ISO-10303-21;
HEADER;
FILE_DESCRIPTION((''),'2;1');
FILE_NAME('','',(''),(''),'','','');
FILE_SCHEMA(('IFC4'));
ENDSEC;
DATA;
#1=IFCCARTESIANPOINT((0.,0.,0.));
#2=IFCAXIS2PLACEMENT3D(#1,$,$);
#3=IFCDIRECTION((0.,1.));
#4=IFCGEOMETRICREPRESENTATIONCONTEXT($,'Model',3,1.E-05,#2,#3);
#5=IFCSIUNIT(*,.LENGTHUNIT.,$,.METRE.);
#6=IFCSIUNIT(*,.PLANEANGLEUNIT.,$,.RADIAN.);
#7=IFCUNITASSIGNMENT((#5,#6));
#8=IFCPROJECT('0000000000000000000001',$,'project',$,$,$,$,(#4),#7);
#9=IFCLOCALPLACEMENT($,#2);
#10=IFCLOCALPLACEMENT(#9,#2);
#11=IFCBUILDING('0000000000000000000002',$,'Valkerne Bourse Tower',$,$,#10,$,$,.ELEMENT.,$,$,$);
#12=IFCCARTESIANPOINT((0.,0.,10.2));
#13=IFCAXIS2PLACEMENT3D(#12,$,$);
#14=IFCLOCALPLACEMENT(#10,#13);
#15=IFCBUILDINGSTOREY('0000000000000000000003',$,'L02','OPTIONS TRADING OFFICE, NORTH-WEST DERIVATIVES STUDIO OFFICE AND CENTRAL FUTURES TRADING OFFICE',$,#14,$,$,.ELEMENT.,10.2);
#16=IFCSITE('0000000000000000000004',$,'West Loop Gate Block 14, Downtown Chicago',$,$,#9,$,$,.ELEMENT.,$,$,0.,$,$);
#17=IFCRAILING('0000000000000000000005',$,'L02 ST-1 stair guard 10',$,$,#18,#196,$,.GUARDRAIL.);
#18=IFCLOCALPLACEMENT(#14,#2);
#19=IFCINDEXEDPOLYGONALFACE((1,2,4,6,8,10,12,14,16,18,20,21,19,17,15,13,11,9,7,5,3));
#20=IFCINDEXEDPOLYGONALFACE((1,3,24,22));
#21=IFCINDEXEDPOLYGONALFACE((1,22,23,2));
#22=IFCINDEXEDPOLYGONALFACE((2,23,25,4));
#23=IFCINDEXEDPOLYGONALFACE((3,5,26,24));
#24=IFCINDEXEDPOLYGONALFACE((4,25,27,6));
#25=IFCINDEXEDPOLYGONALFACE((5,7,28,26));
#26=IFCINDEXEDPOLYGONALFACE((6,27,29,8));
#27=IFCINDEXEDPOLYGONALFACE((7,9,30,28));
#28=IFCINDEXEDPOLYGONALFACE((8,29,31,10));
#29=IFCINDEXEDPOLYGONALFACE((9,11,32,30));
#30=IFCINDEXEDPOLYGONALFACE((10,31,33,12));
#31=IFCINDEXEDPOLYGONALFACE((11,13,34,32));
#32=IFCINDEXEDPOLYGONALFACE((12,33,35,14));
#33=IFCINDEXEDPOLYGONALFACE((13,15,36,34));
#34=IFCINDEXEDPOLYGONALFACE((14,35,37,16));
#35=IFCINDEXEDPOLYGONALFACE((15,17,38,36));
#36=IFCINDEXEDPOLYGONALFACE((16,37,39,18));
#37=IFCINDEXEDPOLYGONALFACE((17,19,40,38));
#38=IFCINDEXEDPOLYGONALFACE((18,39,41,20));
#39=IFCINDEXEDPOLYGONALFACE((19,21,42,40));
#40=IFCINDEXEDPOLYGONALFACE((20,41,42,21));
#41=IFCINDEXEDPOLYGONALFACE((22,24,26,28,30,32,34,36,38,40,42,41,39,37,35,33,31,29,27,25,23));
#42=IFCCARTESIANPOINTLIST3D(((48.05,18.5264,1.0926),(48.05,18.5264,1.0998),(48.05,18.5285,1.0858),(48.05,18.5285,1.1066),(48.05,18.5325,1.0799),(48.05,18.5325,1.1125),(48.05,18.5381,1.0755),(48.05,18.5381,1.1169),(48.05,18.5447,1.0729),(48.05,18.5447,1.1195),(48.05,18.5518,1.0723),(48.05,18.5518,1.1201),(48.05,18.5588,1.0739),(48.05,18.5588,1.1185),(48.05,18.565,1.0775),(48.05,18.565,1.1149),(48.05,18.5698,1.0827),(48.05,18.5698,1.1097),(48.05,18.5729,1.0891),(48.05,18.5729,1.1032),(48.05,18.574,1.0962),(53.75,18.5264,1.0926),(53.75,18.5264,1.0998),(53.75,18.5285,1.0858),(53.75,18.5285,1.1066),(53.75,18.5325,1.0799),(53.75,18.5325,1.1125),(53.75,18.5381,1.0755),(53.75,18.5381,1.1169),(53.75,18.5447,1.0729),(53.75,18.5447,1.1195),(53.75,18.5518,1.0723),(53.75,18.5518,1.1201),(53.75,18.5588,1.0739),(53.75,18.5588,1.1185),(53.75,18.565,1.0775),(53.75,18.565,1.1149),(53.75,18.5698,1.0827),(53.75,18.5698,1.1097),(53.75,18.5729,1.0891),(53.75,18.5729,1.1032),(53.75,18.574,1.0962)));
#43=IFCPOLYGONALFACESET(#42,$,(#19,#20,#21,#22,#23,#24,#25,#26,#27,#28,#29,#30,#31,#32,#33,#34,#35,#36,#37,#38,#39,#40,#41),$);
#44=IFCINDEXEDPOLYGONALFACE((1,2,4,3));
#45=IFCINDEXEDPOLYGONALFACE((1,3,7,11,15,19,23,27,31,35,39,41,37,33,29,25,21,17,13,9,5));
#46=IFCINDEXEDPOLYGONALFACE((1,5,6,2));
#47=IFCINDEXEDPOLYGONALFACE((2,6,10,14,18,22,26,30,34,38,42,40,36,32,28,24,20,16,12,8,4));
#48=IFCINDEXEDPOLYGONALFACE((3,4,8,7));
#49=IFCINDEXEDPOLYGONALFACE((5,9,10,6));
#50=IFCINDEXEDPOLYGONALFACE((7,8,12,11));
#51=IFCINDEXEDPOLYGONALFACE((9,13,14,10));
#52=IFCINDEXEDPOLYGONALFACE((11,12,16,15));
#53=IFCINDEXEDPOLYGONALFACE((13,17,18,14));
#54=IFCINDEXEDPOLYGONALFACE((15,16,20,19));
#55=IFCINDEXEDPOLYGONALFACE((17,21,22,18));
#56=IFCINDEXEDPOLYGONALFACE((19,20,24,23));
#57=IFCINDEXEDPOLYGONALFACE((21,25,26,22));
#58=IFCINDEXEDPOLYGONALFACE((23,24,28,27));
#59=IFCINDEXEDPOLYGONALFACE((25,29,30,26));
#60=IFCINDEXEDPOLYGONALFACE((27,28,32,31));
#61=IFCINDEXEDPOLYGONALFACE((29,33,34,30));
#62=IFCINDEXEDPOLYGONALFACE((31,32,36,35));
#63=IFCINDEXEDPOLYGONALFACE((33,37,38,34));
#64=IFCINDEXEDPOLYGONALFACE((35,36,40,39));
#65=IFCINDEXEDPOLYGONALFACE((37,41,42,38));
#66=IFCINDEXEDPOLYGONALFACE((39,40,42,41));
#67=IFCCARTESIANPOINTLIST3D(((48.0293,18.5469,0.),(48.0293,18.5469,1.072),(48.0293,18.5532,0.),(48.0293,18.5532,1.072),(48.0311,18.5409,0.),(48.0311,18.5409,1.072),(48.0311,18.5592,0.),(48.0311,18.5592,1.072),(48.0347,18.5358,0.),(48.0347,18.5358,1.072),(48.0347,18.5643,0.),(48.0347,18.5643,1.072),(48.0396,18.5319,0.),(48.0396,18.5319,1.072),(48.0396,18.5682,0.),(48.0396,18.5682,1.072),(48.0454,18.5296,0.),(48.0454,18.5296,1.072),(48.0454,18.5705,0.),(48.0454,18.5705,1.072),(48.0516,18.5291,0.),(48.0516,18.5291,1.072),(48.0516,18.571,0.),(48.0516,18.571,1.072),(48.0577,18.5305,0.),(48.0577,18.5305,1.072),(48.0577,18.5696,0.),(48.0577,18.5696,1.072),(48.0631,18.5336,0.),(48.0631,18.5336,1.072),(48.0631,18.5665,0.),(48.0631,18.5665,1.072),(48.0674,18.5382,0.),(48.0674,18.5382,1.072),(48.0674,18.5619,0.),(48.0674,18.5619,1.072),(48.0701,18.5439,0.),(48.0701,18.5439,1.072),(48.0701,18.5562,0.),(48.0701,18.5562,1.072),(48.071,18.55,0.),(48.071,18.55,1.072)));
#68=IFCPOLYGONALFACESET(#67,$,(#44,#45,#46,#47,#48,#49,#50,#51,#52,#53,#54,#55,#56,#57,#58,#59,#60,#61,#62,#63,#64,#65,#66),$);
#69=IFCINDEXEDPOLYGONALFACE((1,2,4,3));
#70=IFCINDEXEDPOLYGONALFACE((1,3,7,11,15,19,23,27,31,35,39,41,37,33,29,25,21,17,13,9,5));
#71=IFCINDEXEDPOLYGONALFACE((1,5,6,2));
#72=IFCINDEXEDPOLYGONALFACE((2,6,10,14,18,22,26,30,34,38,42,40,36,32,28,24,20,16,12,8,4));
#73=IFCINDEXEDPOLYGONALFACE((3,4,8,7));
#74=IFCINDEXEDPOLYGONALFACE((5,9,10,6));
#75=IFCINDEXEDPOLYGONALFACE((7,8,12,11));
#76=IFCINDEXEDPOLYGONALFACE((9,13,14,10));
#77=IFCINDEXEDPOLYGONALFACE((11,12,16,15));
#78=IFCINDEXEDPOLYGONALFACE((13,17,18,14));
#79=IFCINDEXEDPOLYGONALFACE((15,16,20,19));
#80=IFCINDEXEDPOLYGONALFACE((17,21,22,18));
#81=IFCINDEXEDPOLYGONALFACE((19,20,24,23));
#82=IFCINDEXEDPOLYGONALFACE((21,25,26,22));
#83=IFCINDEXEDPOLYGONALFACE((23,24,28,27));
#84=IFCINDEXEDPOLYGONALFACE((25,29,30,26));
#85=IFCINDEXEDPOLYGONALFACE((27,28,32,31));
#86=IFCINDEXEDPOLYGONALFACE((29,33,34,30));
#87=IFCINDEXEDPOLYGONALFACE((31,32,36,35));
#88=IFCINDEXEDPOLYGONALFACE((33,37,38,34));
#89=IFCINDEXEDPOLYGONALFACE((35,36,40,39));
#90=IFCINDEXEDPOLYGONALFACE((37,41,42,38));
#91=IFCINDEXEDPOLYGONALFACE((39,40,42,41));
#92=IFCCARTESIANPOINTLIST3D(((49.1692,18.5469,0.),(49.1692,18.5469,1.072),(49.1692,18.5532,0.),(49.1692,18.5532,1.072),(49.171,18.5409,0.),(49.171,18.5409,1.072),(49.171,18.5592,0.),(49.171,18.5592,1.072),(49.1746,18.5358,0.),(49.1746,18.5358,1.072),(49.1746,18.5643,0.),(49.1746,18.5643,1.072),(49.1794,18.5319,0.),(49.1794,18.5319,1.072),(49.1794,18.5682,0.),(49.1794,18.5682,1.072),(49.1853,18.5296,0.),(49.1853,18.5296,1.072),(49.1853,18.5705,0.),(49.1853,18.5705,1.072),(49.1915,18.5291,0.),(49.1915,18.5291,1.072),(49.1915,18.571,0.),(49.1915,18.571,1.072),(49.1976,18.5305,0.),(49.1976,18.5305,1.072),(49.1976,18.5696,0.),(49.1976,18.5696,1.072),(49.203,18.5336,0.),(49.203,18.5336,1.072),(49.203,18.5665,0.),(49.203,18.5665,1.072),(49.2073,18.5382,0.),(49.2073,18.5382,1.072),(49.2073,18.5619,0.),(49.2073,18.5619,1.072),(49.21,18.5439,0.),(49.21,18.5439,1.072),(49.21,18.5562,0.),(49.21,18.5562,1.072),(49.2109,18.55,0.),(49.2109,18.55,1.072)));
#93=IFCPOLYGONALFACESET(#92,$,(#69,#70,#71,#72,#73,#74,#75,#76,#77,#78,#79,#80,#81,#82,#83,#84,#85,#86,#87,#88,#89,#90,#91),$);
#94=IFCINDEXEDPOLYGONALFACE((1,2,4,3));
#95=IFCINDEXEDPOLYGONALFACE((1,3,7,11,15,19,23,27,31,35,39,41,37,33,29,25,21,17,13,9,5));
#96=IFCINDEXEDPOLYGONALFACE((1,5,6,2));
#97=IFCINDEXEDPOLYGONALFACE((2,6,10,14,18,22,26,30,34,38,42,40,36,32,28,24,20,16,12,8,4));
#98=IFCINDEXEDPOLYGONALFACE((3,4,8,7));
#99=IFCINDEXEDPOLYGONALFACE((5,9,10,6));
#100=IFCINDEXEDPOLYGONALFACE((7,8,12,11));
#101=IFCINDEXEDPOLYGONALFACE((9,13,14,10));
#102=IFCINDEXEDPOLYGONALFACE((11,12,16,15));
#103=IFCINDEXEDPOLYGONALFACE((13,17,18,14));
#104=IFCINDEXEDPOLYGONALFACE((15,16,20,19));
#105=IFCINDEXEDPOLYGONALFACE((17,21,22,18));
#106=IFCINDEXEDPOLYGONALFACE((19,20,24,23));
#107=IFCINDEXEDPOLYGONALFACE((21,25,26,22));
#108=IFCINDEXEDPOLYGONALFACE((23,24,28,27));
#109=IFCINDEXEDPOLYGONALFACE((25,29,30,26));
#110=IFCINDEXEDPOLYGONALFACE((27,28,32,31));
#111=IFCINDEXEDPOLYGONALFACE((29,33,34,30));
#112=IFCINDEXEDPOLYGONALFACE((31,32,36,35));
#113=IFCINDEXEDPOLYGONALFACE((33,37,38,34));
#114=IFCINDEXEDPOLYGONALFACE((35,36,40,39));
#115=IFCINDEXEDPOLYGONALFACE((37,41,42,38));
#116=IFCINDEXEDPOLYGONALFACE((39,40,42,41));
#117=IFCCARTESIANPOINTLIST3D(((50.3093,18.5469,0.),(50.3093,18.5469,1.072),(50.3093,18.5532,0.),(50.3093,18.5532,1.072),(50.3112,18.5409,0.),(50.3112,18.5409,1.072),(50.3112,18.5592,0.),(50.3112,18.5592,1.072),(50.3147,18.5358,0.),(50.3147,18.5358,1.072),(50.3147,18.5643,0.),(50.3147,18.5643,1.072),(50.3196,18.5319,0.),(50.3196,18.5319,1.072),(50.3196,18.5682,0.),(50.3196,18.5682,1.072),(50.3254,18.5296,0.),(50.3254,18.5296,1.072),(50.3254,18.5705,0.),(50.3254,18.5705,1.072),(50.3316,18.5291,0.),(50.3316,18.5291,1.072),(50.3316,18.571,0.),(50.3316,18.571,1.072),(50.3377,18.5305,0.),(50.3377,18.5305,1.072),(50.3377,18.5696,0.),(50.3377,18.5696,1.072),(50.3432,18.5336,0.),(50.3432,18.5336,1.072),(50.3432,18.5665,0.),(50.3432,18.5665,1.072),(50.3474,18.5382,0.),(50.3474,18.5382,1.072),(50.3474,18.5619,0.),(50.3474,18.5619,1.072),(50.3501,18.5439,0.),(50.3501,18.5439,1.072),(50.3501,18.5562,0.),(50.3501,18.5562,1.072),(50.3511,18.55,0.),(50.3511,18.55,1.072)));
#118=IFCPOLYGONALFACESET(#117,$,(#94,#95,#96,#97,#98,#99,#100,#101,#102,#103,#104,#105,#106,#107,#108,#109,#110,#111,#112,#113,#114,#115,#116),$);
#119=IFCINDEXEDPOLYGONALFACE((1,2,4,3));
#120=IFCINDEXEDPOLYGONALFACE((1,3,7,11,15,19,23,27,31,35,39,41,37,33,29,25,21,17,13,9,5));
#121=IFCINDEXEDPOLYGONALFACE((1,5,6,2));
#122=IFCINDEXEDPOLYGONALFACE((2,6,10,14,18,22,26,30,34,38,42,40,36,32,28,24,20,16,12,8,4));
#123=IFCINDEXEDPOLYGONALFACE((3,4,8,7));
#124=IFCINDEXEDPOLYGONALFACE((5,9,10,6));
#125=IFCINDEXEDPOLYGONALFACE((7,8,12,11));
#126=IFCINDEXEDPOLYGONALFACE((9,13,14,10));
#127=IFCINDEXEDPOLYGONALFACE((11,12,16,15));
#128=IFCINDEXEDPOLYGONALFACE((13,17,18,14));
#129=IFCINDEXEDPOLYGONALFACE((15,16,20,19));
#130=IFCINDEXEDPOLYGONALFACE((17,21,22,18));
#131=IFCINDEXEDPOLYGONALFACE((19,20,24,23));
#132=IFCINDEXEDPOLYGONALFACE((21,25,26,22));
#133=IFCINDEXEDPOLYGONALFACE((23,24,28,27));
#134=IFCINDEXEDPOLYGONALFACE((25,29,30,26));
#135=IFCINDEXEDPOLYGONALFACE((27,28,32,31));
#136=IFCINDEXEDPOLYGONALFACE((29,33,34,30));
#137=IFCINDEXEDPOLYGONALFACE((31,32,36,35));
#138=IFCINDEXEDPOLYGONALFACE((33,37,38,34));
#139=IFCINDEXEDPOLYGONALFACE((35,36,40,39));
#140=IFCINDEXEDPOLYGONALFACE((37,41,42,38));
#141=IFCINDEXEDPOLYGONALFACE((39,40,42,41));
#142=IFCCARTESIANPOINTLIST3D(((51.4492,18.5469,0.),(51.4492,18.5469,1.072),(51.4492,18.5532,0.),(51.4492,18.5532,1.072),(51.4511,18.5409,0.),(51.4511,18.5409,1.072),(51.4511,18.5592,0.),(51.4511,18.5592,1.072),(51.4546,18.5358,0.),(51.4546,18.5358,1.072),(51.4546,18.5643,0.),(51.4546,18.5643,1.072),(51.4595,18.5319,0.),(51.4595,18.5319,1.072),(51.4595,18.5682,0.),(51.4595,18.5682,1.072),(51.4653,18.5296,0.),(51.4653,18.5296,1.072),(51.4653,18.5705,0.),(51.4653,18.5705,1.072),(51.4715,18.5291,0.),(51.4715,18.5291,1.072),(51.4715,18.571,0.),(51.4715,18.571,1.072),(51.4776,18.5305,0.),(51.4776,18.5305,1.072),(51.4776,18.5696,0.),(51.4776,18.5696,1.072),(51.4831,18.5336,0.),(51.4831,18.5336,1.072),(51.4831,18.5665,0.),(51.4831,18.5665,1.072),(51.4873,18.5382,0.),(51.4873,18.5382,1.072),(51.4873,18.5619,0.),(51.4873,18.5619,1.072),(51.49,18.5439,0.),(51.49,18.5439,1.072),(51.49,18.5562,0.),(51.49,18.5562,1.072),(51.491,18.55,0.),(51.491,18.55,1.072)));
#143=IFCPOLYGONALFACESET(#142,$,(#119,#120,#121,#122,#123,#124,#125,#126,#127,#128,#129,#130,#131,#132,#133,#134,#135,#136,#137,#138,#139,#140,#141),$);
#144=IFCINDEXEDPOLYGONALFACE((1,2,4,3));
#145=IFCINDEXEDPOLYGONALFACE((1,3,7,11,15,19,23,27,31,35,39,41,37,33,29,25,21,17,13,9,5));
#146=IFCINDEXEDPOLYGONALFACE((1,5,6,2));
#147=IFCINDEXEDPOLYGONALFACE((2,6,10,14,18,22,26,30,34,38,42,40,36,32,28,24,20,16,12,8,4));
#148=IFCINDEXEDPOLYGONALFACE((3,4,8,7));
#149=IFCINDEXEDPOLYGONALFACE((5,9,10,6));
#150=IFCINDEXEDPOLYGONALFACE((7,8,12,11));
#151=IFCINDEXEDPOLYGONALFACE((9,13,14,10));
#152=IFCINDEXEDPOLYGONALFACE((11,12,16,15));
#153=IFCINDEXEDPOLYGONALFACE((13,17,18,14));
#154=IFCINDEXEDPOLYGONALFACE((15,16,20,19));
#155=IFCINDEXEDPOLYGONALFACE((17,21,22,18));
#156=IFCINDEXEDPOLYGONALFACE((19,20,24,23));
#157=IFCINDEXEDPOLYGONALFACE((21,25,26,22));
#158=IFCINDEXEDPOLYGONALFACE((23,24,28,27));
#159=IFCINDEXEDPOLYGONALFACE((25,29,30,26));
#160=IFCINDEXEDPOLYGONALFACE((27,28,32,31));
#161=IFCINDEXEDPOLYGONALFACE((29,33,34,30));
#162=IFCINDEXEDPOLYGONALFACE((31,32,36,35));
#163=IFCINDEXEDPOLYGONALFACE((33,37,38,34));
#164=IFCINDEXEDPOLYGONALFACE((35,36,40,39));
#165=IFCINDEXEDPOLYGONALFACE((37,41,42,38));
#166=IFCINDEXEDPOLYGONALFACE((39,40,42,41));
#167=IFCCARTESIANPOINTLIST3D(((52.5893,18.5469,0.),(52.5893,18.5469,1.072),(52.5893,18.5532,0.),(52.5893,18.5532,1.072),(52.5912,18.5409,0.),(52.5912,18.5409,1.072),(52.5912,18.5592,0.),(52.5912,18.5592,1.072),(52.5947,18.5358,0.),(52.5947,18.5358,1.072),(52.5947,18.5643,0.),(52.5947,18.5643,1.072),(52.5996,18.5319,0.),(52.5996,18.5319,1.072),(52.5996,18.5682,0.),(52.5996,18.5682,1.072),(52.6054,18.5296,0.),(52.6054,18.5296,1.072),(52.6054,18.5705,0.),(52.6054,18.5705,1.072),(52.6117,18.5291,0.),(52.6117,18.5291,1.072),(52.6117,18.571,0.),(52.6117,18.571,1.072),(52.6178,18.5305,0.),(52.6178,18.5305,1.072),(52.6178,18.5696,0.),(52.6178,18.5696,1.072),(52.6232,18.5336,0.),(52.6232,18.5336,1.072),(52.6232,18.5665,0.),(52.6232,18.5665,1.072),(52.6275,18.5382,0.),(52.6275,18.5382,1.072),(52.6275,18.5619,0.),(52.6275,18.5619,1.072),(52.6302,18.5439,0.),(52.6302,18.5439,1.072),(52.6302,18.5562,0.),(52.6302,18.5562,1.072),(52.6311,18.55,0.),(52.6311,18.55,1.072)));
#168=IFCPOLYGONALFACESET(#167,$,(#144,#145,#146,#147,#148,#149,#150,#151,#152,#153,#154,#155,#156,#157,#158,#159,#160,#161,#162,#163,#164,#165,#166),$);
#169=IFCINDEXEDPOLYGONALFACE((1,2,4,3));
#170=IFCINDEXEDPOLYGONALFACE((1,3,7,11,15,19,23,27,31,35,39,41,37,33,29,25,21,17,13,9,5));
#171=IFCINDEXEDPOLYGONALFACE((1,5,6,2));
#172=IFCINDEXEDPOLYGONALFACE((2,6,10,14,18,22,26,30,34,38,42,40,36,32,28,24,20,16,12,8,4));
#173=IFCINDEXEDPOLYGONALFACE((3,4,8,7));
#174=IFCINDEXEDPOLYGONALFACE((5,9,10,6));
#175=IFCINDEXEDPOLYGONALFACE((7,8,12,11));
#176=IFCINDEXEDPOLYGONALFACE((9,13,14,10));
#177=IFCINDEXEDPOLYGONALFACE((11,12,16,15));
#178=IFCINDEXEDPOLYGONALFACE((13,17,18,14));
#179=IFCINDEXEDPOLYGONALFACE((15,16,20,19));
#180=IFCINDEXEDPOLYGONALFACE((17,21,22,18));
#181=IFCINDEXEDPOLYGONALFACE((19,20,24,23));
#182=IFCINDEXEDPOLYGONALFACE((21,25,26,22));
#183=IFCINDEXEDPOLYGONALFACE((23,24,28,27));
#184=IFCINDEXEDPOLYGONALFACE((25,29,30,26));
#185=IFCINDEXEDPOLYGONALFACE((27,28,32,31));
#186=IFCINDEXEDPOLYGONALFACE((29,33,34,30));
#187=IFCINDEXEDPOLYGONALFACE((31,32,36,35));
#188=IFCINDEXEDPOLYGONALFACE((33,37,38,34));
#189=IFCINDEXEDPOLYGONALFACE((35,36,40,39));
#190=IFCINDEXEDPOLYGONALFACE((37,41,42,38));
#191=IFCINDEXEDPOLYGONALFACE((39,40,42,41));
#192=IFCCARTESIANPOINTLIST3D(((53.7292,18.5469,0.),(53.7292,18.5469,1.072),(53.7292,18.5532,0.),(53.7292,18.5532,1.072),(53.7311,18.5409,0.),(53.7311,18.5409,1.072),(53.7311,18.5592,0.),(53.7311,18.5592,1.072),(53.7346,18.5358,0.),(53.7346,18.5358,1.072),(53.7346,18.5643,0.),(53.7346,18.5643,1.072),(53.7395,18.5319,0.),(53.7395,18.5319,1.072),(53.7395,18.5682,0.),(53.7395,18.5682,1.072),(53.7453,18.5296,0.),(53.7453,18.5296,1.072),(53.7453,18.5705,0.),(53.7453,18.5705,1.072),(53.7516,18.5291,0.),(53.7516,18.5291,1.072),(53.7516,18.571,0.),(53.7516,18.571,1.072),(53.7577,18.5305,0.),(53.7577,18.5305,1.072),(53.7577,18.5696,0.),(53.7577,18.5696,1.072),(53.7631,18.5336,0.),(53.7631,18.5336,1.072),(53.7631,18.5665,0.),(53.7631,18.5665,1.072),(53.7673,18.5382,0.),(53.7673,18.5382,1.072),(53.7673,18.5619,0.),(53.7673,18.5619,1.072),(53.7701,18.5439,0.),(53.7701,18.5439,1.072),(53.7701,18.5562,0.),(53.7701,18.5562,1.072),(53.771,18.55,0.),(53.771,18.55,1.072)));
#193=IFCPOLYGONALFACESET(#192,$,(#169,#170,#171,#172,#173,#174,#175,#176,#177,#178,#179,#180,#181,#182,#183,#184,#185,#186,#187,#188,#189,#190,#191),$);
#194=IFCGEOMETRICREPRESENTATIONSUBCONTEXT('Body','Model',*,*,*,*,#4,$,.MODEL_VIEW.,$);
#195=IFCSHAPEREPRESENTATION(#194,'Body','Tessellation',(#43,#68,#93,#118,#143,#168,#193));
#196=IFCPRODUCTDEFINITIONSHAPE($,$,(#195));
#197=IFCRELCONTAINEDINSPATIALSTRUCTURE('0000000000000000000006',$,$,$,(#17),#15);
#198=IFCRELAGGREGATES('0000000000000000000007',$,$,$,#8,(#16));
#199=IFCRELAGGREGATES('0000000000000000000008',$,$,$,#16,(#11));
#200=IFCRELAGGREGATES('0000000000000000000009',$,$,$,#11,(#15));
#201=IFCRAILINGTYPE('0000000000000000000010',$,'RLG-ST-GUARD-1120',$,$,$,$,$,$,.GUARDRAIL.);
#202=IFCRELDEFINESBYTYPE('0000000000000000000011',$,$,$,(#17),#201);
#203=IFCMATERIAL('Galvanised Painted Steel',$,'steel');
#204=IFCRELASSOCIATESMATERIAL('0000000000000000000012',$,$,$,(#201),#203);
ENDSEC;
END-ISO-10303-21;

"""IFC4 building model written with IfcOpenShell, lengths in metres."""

from ifc_helpers import new_model, si_unit, direction, frame, origin, origin_2d, place, context, subcontext, project, spatial, circle, extrude, material, type_object, element, save


model = new_model("IFC4")

# Units and contexts
model_context = context("Model", 3, precision=1e-05, world=origin(), true_north=direction((0.0, 1.0)))
body_context = subcontext(model_context, "Body", "Model", "MODEL_VIEW")
ifc_project = project(units=[si_unit("LENGTHUNIT", "METRE"), si_unit("PLANEANGLEUNIT", "RADIAN")], contexts=[model_context])

# Site, building, storey
site_placement = place(None, origin())
site = spatial("IfcSite", under=ifc_project, at=site_placement, Name="West Loop Gate Block 14, Downtown Chicago", CompositionType="ELEMENT", RefElevation=0.0)
building_placement = place(site_placement, origin())
building = spatial("IfcBuilding", under=site, at=building_placement, Name="Valkerne Bourse Tower", CompositionType="ELEMENT")
storey_placement = place(building_placement, frame((0.0, 0.0, 10.2)))
storey = spatial("IfcBuildingStorey", under=building, at=storey_placement, Name="L02", Description="OPTIONS TRADING OFFICE, NORTH-WEST DERIVATIVES STUDIO OFFICE AND CENTRAL FUTURES TRADING OFFICE", CompositionType="ELEMENT", Elevation=10.2)

# Shared definitions
ifc_material_1 = material(Name="Galvanised Painted Steel", Category="steel")

# Railing
railing_type_1 = type_object("IfcRailingType", Name="RLG-ST-GUARD-1120", PredefinedType="GUARDRAIL", material=ifc_material_1)
railing_1_placement = place(storey_placement, frame((48.05, 18.55, 0.0)))
element("IfcRailing", 1, at=railing_1_placement, inside=storey, type_object=railing_type_1, Name="L02 ST-1 stair guard 10", PredefinedType="GUARDRAIL", context=body_context, shape_type="SweptSolid", body=[
    extrude(circle(Radius=0.0239, at=origin_2d()), frame((0.0, 0.0, 1.0962), z_axis=(1.0, 0.0, 0.0), x_axis=(0.0, 1.0, 0.0)), (0.0, 0.0, 1.0), 5.7),
    extrude(circle(Radius=0.021, at=origin_2d()), origin(), (0.0, 0.0, 1.0), 1.072),
    extrude(circle(Radius=0.021, at=origin_2d()), frame((1.1399, 0.0, 0.0)), (0.0, 0.0, 1.0), 1.072),
    extrude(circle(Radius=0.021, at=origin_2d()), frame((2.28, 0.0, 0.0)), (0.0, 0.0, 1.0), 1.072),
    extrude(circle(Radius=0.021, at=origin_2d()), frame((3.4199, 0.0, 0.0)), (0.0, 0.0, 1.0), 1.072),
    extrude(circle(Radius=0.021, at=origin_2d()), frame((4.5601, 0.0, 0.0)), (0.0, 0.0, 1.0), 1.072),
    extrude(circle(Radius=0.021, at=origin_2d()), frame((5.7, 0.0, 0.0)), (0.0, 0.0, 1.0), 1.072),
])

save(model, "model.ifc")
